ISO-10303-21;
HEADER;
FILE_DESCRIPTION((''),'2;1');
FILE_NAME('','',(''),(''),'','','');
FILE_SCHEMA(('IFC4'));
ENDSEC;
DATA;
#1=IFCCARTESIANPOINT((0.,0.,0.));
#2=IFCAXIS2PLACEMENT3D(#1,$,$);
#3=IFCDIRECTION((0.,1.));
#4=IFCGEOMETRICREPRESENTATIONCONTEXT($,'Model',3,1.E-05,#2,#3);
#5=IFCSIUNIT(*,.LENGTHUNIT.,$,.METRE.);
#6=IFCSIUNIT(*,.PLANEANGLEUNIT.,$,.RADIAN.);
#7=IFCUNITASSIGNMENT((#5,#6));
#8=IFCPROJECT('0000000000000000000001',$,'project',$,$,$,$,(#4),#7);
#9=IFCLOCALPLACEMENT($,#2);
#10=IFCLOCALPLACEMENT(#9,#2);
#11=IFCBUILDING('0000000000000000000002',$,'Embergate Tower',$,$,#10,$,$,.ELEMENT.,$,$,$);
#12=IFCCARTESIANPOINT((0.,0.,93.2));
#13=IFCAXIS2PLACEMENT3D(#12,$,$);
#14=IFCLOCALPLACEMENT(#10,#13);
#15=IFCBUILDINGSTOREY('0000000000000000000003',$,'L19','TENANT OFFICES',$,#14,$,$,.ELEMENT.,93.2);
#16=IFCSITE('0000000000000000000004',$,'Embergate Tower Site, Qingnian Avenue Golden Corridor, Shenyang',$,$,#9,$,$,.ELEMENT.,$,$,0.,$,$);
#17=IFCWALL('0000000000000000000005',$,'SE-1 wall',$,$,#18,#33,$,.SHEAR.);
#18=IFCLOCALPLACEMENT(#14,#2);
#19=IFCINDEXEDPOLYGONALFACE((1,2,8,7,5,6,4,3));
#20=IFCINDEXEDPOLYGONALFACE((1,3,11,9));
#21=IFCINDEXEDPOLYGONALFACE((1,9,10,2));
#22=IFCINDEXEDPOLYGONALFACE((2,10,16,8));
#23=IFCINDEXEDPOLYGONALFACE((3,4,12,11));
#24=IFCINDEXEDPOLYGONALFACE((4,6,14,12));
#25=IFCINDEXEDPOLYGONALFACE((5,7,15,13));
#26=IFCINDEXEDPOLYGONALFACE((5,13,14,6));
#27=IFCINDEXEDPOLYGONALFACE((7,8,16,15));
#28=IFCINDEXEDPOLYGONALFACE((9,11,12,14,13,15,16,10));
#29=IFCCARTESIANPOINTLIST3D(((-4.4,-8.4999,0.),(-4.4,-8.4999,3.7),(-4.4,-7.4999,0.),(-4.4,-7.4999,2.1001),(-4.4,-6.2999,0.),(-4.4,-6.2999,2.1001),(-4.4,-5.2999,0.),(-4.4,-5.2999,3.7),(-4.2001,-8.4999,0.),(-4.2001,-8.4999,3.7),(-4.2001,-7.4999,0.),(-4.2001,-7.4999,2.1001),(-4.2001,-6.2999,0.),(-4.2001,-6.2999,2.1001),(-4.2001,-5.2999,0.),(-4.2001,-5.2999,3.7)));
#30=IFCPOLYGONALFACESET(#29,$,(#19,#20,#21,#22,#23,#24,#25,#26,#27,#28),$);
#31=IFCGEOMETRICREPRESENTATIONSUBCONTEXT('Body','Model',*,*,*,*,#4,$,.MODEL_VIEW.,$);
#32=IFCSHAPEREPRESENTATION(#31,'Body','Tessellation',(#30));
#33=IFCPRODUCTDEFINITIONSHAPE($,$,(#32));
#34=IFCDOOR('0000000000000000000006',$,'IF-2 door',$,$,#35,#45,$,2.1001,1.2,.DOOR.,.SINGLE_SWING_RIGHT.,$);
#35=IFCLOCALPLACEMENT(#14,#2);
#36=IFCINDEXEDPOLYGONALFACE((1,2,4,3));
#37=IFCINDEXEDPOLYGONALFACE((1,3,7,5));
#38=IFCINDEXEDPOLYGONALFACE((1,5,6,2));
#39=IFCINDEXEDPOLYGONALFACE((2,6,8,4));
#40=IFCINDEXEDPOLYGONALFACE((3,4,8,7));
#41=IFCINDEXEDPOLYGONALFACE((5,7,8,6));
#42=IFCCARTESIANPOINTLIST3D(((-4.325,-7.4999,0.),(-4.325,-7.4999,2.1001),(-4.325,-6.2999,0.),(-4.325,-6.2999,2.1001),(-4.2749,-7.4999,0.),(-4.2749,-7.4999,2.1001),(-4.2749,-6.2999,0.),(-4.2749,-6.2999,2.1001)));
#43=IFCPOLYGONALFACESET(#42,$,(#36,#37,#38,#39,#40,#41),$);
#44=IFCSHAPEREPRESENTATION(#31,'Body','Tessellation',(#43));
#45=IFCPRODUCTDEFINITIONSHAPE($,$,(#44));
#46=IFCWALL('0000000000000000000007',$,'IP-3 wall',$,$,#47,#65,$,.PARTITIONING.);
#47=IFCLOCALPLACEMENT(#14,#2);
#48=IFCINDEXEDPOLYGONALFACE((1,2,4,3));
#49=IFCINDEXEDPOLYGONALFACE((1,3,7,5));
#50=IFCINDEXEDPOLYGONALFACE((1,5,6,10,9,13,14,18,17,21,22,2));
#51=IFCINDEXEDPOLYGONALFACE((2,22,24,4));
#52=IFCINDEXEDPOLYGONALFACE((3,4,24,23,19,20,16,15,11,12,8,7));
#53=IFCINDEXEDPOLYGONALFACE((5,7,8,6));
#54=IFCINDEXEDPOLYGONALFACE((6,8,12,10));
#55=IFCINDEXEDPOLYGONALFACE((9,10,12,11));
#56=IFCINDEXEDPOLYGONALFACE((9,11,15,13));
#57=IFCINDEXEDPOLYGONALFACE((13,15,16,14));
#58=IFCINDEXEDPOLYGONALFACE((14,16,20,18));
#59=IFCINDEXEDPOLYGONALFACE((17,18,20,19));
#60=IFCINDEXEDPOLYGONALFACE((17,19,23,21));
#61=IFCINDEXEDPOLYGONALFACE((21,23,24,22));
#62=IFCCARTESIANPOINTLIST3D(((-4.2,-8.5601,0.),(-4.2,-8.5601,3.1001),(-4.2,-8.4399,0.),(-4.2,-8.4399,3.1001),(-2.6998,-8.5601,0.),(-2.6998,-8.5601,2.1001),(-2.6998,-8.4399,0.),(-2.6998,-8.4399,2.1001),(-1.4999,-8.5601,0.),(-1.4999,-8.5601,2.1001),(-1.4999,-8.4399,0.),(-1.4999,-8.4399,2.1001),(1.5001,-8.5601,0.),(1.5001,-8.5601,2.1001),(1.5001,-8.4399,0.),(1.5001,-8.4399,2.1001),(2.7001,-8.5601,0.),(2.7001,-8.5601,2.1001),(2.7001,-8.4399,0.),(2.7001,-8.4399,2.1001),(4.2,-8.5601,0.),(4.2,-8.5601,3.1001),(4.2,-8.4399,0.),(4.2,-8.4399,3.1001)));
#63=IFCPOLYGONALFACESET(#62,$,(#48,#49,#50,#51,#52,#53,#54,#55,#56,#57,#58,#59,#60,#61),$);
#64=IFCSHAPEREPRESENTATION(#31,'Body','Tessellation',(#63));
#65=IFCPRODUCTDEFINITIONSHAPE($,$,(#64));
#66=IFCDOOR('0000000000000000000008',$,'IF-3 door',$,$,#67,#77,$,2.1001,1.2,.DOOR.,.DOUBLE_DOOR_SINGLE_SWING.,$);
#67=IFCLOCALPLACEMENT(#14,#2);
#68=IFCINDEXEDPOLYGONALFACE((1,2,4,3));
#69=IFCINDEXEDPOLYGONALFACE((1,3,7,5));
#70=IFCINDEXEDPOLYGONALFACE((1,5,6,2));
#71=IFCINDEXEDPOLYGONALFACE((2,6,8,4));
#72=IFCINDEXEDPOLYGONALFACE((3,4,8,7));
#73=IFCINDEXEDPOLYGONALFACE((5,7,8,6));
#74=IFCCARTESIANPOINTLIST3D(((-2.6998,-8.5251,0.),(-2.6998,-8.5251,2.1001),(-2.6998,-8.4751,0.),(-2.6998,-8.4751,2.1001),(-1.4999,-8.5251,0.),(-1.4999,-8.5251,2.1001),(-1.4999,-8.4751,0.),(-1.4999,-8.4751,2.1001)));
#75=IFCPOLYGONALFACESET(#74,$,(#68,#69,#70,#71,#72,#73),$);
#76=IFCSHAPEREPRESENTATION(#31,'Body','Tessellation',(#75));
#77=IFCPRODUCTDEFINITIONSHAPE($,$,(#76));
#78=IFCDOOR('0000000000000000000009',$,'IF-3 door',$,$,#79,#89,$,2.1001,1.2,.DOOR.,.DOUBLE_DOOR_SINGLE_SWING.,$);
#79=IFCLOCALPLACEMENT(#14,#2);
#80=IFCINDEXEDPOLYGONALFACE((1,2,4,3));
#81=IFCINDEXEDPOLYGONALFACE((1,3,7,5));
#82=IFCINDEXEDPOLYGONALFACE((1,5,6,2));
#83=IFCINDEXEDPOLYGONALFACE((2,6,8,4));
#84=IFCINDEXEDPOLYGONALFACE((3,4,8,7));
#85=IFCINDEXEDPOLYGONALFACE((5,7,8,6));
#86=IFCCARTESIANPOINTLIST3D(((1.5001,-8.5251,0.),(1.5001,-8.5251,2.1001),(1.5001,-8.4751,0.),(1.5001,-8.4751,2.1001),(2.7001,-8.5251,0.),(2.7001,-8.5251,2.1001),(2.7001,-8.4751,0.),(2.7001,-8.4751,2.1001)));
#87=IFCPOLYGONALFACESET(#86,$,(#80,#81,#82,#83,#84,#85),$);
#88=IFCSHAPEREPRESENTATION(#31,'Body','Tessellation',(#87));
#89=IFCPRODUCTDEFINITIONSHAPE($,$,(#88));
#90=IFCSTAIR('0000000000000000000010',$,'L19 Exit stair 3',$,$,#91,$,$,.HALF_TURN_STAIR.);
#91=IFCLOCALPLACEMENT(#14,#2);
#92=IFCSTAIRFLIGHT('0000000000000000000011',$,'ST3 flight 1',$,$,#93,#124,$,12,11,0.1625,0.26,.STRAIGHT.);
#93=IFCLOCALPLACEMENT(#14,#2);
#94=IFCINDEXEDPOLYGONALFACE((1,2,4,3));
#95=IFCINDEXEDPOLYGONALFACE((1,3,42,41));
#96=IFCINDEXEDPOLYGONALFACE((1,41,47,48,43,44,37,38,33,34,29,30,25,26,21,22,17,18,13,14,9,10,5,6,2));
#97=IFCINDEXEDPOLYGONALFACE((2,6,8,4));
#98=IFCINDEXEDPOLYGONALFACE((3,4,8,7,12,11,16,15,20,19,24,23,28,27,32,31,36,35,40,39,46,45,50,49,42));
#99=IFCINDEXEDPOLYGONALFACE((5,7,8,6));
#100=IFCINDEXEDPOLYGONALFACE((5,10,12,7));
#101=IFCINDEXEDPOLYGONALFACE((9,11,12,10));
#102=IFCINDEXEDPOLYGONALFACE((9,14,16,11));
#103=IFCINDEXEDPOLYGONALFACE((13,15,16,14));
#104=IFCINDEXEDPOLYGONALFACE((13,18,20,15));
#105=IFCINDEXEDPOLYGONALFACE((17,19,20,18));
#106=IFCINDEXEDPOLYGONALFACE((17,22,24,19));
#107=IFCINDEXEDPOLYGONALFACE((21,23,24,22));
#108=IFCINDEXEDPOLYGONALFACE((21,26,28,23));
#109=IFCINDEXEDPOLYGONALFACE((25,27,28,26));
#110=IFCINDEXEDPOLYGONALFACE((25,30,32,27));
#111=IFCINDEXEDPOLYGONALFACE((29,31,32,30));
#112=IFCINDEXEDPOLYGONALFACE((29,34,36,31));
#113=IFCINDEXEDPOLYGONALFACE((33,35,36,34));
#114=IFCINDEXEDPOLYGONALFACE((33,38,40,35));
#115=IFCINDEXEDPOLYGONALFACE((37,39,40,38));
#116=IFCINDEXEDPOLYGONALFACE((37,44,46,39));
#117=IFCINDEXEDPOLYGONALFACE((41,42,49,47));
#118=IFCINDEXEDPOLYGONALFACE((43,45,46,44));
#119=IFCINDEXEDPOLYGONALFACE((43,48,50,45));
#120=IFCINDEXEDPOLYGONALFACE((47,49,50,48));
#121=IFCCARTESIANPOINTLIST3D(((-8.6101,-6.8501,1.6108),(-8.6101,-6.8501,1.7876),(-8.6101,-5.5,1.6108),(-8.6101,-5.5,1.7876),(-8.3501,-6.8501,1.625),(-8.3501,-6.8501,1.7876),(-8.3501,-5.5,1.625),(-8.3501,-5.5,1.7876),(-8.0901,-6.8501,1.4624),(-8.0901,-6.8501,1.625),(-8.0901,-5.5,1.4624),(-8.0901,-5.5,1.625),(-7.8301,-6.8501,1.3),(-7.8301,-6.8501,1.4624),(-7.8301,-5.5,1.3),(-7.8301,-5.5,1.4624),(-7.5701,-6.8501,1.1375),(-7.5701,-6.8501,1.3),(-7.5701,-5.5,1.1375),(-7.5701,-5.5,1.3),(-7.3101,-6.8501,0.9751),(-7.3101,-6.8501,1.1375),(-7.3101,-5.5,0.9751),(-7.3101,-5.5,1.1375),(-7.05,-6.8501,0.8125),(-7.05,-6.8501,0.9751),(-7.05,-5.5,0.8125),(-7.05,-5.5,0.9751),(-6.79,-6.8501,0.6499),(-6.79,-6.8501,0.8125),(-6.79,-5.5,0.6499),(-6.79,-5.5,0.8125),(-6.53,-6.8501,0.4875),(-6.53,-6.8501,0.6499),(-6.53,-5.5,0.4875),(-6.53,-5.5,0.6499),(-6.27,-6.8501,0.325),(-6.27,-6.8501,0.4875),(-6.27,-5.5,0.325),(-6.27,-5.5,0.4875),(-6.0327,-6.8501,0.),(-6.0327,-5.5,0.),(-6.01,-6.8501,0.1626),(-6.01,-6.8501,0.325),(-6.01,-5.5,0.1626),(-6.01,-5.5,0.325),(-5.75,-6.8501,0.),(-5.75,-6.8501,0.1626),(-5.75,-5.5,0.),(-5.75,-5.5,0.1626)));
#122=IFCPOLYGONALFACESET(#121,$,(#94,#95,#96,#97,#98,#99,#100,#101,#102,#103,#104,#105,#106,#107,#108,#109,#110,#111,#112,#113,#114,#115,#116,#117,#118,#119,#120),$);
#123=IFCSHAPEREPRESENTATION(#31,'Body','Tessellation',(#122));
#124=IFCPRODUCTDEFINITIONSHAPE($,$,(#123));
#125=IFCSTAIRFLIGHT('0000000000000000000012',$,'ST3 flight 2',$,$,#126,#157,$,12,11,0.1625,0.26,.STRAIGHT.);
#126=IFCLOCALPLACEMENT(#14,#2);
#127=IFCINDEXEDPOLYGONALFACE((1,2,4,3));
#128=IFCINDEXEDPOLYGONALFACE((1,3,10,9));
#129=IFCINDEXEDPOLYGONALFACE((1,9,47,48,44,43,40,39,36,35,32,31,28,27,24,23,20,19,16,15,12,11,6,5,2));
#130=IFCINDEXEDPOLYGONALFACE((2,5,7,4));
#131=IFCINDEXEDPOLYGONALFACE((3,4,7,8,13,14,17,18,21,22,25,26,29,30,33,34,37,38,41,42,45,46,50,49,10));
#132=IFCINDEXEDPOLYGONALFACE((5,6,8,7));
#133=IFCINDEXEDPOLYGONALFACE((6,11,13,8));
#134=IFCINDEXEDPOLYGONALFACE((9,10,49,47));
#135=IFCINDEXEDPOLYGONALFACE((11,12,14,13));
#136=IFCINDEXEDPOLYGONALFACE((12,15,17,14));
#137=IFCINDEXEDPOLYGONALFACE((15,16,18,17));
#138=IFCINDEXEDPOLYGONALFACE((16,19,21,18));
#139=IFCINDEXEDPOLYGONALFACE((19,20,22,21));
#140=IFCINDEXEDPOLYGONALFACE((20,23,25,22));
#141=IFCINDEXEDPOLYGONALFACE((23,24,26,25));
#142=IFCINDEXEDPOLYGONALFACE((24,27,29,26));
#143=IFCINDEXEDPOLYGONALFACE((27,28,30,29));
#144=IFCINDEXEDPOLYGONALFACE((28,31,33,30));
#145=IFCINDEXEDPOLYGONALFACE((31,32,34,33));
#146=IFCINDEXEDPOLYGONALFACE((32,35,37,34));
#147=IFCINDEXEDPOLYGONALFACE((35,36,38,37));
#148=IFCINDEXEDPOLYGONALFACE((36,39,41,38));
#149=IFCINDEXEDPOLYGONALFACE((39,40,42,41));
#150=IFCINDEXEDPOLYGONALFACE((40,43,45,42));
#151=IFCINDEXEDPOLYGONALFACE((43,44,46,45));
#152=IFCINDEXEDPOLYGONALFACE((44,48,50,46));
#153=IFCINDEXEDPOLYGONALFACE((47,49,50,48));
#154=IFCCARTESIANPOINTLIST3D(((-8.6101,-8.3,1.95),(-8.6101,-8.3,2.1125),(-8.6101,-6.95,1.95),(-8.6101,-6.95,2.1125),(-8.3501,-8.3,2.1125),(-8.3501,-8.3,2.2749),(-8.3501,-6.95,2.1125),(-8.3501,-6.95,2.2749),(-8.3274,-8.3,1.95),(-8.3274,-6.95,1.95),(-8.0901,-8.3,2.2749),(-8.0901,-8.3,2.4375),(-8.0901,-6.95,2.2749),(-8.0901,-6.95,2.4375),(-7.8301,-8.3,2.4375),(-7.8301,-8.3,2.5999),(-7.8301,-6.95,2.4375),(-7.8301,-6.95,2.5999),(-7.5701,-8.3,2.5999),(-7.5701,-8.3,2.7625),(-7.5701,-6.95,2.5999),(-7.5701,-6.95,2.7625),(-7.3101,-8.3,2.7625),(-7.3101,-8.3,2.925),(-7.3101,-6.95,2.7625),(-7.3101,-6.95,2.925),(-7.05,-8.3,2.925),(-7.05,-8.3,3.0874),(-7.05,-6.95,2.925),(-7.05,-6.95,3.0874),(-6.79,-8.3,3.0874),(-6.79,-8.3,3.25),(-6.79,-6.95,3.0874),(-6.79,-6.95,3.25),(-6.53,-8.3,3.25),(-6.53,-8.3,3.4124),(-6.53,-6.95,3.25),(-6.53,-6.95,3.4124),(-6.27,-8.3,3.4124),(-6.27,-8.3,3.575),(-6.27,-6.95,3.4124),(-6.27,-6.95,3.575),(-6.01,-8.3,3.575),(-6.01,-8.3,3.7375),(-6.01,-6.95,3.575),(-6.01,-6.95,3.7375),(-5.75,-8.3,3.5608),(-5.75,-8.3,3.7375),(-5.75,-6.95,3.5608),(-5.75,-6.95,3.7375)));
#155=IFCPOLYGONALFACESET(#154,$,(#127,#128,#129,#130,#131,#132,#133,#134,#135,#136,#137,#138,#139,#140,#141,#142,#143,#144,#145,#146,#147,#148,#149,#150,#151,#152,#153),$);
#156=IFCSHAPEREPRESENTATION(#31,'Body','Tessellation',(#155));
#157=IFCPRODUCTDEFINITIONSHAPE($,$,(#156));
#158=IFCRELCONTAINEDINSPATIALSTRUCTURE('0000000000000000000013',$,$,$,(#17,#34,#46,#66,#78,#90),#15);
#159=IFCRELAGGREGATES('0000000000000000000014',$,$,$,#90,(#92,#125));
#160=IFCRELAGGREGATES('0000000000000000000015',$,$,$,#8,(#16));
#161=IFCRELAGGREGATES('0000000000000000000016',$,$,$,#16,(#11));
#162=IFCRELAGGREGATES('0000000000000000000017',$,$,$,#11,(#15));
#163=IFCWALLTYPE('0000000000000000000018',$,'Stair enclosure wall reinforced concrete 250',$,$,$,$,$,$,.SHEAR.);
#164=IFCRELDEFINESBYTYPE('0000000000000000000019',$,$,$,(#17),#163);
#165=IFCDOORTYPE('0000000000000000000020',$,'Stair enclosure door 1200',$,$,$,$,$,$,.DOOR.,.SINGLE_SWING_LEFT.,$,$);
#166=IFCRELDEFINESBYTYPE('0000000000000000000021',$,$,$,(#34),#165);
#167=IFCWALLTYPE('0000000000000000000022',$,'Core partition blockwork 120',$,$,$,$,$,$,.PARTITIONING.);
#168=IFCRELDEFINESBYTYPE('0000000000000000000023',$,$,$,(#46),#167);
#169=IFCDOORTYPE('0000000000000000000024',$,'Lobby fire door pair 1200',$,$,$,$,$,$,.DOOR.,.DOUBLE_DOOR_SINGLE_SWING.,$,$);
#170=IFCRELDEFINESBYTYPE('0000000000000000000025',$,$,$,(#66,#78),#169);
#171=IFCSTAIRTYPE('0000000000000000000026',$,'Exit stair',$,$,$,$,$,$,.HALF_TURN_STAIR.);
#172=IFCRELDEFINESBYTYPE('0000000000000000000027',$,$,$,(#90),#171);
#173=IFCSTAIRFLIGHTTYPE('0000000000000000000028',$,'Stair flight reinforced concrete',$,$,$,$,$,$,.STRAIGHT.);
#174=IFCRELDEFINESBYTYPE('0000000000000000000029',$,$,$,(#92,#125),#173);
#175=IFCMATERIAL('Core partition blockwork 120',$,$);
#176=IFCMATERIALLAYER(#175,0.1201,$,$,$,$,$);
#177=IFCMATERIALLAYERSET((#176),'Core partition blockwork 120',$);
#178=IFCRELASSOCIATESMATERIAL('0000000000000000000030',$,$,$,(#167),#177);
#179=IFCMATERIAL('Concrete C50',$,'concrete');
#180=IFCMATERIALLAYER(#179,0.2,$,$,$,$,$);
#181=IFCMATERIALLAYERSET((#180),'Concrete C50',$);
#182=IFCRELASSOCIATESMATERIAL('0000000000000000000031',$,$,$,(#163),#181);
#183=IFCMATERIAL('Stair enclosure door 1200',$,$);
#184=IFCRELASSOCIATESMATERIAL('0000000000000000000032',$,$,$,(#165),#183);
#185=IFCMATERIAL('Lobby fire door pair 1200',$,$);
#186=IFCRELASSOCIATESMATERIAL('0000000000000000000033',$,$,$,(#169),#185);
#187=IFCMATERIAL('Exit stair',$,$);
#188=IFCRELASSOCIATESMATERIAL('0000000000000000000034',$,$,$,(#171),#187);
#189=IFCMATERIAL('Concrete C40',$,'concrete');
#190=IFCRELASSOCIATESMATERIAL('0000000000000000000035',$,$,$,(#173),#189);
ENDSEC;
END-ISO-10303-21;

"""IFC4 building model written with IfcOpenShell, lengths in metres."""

from ifc_helpers import new_model, si_unit, direction, frame, frame_2d, origin, place, context, subcontext, project, spatial, polyline, rectangle, outline, extrude, source, transform, mapped, material, layer, layer_set, type_object, element, fill, aggregate, save


model = new_model("IFC4")

# Units and contexts
model_context = context("Model", 3, precision=1e-05, world=origin(), true_north=direction((0.0, 1.0)))
body_context = subcontext(model_context, "Body", "Model", "MODEL_VIEW")
ifc_project = project(units=[si_unit("LENGTHUNIT", "METRE"), si_unit("PLANEANGLEUNIT", "RADIAN")], contexts=[model_context])

# Site, building, storey
site_placement = place(None, origin())
site = spatial("IfcSite", under=ifc_project, at=site_placement, Name="Embergate Tower Site, Qingnian Avenue Golden Corridor, Shenyang", CompositionType="ELEMENT", RefElevation=0.0)
building_placement = place(site_placement, origin())
building = spatial("IfcBuilding", under=site, at=building_placement, Name="Embergate Tower", CompositionType="ELEMENT")
storey_placement = place(building_placement, frame((0.0, 0.0, 93.2)))
storey = spatial("IfcBuildingStorey", under=building, at=storey_placement, Name="L19", Description="TENANT OFFICES", CompositionType="ELEMENT", Elevation=93.2)

# Shared definitions
ifc_material_1 = material(Name="Concrete C50", Category="concrete")

# Shared definitions
ifc_material_2 = material(Name="Core partition blockwork 120")
ifc_layer_1 = layer(ifc_material_2, 0.1201)
ifc_layer_set_1 = layer_set([ifc_layer_1], Name="Core partition blockwork 120")
wall_type_1 = type_object("IfcWallType", Name="Core partition blockwork 120", PredefinedType="PARTITIONING", material=ifc_layer_set_1)

# Wall, opening, door
ifc_layer_2 = layer(ifc_material_1, 0.2)
ifc_layer_set_2 = layer_set([ifc_layer_2], Name="Concrete C50")
wall_type_2 = type_object("IfcWallType", Name="Stair enclosure wall reinforced concrete 250", PredefinedType="SHEAR", material=ifc_layer_set_2)
shared_shape_1 = source(origin(), body_context, "Body", "SweptSolid", [
    extrude(rectangle(XDim=3.2, YDim=0.2, at=frame_2d((1.6001, 0.0))), origin(), (0.0, 0.0, 1.0), 3.7),
])
wall_1_placement = place(storey_placement, frame((-4.3, -8.5, 0.0), z_axis=(0.0, 0.0, 1.0), x_axis=(0.0, 1.0, 0.0)))
wall_1 = element("IfcWall", 1, at=wall_1_placement, inside=storey, type_object=wall_type_2, Name="SE-1 wall", PredefinedType="SHEAR", context=body_context, shape_type="MappedRepresentation", body=[
    mapped(shared_shape_1, transform((0.0, 0.0, 0.0))),
])
shared_shape_2 = source(origin(), body_context, "Body", "SweptSolid", [
    extrude(rectangle(XDim=1.2, YDim=2.1001, at=frame_2d((0.6001, 1.05))), frame((0.0, 0.1099, 0.0), z_axis=(0.0, -1.0, 0.0), x_axis=(1.0, 0.0, 0.0)), (0.0, 0.0, 1.0), 0.22),
])
opening_1_placement = place(wall_1_placement, frame((1.0, 0.0, 0.0)))
opening_1 = element("IfcOpeningElement", 2, at=opening_1_placement, cuts=wall_1, PredefinedType="OPENING", context=body_context, shape_type="MappedRepresentation", body=[
    mapped(shared_shape_2, transform((0.0, 0.0, 0.0))),
])
ifc_material_3 = material(Name="Stair enclosure door 1200")
door_type_1 = type_object("IfcDoorType", Name="Stair enclosure door 1200", OperationType="SINGLE_SWING_LEFT", PredefinedType="DOOR", material=ifc_material_3)
shared_shape_3 = source(origin(), body_context, "Body", "SweptSolid", [
    extrude(rectangle(XDim=1.2, YDim=2.1001, at=frame_2d((0.6001, 1.05))), frame((0.0, 0.0249, 0.0), z_axis=(0.0, -1.0, 0.0), x_axis=(1.0, 0.0, 0.0)), (0.0, 0.0, 1.0), 0.05),
])
door_1_placement = place(opening_1_placement, origin())
door_1 = element("IfcDoor", 3, at=door_1_placement, inside=storey, type_object=door_type_1, Name="IF-2 door", OperationType="SINGLE_SWING_RIGHT", OverallHeight=2.1001, OverallWidth=1.2, PredefinedType="DOOR", context=body_context, shape_type="MappedRepresentation", body=[
    mapped(shared_shape_3, transform((0.0, 0.0, 0.0))),
])
fill(opening_1, door_1)

# Wall, openings, doors
shared_shape_4 = source(origin(), body_context, "Body", "SweptSolid", [
    extrude(rectangle(XDim=8.3999, YDim=0.1201, at=frame_2d((4.2, 0.0))), origin(), (0.0, 0.0, 1.0), 3.1001),
])
wall_2_placement = place(storey_placement, frame((-4.2, -8.5, 0.0), z_axis=(0.0, 0.0, 1.0), x_axis=(1.0, 0.0, 0.0)))
wall_2 = element("IfcWall", 4, at=wall_2_placement, inside=storey, type_object=wall_type_1, Name="IP-3 wall", PredefinedType="PARTITIONING", context=body_context, shape_type="MappedRepresentation", body=[
    mapped(shared_shape_4, transform((0.0, 0.0, 0.0))),
])
shared_shape_5 = source(origin(), body_context, "Body", "SweptSolid", [
    extrude(rectangle(XDim=1.2, YDim=2.1001, at=frame_2d((0.6001, 1.05))), frame((0.0, 0.0701, 0.0), z_axis=(0.0, -1.0, 0.0), x_axis=(1.0, 0.0, 0.0)), (0.0, 0.0, 1.0), 0.1401),
])
opening_2_placement = place(wall_2_placement, frame((1.5, 0.0, 0.0)))
opening_2 = element("IfcOpeningElement", 5, at=opening_2_placement, cuts=wall_2, PredefinedType="OPENING", context=body_context, shape_type="MappedRepresentation", body=[
    mapped(shared_shape_5, transform((0.0, 0.0, 0.0))),
])
opening_3_placement = place(wall_2_placement, frame((5.7, 0.0, 0.0)))
opening_3 = element("IfcOpeningElement", 6, at=opening_3_placement, cuts=wall_2, PredefinedType="OPENING", context=body_context, shape_type="MappedRepresentation", body=[
    mapped(shared_shape_5, transform((0.0, 0.0, 0.0))),
])
ifc_material_4 = material(Name="Lobby fire door pair 1200")
door_type_2 = type_object("IfcDoorType", Name="Lobby fire door pair 1200", OperationType="DOUBLE_DOOR_SINGLE_SWING", PredefinedType="DOOR", material=ifc_material_4)
door_2_placement = place(opening_2_placement, origin())
door_2 = element("IfcDoor", 7, at=door_2_placement, inside=storey, type_object=door_type_2, Name="IF-3 door", OperationType="DOUBLE_DOOR_SINGLE_SWING", OverallHeight=2.1001, OverallWidth=1.2, PredefinedType="DOOR", context=body_context, shape_type="MappedRepresentation", body=[
    mapped(shared_shape_3, transform((0.0, 0.0, 0.0))),
])
fill(opening_2, door_2)
door_3_placement = place(opening_3_placement, origin())
door_3 = element("IfcDoor", 8, at=door_3_placement, inside=storey, type_object=door_type_2, Name="IF-3 door", OperationType="DOUBLE_DOOR_SINGLE_SWING", OverallHeight=2.1001, OverallWidth=1.2, PredefinedType="DOOR", context=body_context, shape_type="MappedRepresentation", body=[
    mapped(shared_shape_3, transform((0.0, 0.0, 0.0))),
])
fill(opening_3, door_3)

# Stair, stair flights
ifc_material_5 = material(Name="Exit stair")
stair_type = type_object("IfcStairType", Name="Exit stair", PredefinedType="HALF_TURN_STAIR", material=ifc_material_5)
stair_placement = place(storey_placement, origin())
stair = element("IfcStair", 9, at=stair_placement, inside=storey, type_object=stair_type, Name="L19 Exit stair 3", PredefinedType="HALF_TURN_STAIR")
ifc_material_6 = material(Name="Concrete C40", Category="concrete")
stair_flight_type = type_object("IfcStairFlightType", Name="Stair flight reinforced concrete", PredefinedType="STRAIGHT", material=ifc_material_6)
shared_shape_6 = source(origin(), body_context, "Body", "SweptSolid", [
    extrude(outline(polyline([(0.0, 0.0), (0.0, 0.1626), (0.26, 0.1626), (0.26, 0.325), (0.52, 0.325), (0.52, 0.4875), (0.78, 0.4875), (0.78, 0.6499), (1.04, 0.6499), (1.04, 0.8125), (1.3, 0.8125), (1.3, 0.9751), (1.5601, 0.9751), (1.5601, 1.1375), (1.8201, 1.1375), (1.8201, 1.3), (2.0801, 1.3), (2.0801, 1.4624), (2.3401, 1.4624), (2.3401, 1.625), (2.6001, 1.625), (2.6001, 1.7876), (2.8601, 1.7876), (2.8601, 1.95), (2.8601, 1.6108), (0.2827, 0.0), (0.0, 0.0)])), frame((0.0, 0.675, 0.0), z_axis=(0.0, -1.0, 0.0), x_axis=(1.0, 0.0, 0.0)), (0.0, 0.0, 1.0), 1.3501),
])
stair_flight_1_placement = place(storey_placement, frame((-5.75, -6.175, 0.0), z_axis=(0.0, 0.0, 1.0), x_axis=(-1.0, 0.0, 0.0)))
stair_flight_1 = element("IfcStairFlight", 10, at=stair_flight_1_placement, type_object=stair_flight_type, Name="ST3 flight 1", NumberOfRisers=12, NumberOfTreads=11, PredefinedType="STRAIGHT", RiserHeight=0.1625, TreadLength=0.26, context=body_context, shape_type="MappedRepresentation", body=[
    mapped(shared_shape_6, transform((0.0, 0.0, 0.0))),
])
stair_flight_2_placement = place(storey_placement, frame((-8.6101, -7.625, 1.95), z_axis=(0.0, 0.0, 1.0), x_axis=(1.0, 0.0, 0.0)))
stair_flight_2 = element("IfcStairFlight", 11, at=stair_flight_2_placement, type_object=stair_flight_type, Name="ST3 flight 2", NumberOfRisers=12, NumberOfTreads=11, PredefinedType="STRAIGHT", RiserHeight=0.1625, TreadLength=0.26, context=body_context, shape_type="MappedRepresentation", body=[
    mapped(shared_shape_6, transform((0.0, 0.0, 0.0))),
])
aggregate(stair, [stair_flight_1, stair_flight_2])

save(model, "model.ifc")
